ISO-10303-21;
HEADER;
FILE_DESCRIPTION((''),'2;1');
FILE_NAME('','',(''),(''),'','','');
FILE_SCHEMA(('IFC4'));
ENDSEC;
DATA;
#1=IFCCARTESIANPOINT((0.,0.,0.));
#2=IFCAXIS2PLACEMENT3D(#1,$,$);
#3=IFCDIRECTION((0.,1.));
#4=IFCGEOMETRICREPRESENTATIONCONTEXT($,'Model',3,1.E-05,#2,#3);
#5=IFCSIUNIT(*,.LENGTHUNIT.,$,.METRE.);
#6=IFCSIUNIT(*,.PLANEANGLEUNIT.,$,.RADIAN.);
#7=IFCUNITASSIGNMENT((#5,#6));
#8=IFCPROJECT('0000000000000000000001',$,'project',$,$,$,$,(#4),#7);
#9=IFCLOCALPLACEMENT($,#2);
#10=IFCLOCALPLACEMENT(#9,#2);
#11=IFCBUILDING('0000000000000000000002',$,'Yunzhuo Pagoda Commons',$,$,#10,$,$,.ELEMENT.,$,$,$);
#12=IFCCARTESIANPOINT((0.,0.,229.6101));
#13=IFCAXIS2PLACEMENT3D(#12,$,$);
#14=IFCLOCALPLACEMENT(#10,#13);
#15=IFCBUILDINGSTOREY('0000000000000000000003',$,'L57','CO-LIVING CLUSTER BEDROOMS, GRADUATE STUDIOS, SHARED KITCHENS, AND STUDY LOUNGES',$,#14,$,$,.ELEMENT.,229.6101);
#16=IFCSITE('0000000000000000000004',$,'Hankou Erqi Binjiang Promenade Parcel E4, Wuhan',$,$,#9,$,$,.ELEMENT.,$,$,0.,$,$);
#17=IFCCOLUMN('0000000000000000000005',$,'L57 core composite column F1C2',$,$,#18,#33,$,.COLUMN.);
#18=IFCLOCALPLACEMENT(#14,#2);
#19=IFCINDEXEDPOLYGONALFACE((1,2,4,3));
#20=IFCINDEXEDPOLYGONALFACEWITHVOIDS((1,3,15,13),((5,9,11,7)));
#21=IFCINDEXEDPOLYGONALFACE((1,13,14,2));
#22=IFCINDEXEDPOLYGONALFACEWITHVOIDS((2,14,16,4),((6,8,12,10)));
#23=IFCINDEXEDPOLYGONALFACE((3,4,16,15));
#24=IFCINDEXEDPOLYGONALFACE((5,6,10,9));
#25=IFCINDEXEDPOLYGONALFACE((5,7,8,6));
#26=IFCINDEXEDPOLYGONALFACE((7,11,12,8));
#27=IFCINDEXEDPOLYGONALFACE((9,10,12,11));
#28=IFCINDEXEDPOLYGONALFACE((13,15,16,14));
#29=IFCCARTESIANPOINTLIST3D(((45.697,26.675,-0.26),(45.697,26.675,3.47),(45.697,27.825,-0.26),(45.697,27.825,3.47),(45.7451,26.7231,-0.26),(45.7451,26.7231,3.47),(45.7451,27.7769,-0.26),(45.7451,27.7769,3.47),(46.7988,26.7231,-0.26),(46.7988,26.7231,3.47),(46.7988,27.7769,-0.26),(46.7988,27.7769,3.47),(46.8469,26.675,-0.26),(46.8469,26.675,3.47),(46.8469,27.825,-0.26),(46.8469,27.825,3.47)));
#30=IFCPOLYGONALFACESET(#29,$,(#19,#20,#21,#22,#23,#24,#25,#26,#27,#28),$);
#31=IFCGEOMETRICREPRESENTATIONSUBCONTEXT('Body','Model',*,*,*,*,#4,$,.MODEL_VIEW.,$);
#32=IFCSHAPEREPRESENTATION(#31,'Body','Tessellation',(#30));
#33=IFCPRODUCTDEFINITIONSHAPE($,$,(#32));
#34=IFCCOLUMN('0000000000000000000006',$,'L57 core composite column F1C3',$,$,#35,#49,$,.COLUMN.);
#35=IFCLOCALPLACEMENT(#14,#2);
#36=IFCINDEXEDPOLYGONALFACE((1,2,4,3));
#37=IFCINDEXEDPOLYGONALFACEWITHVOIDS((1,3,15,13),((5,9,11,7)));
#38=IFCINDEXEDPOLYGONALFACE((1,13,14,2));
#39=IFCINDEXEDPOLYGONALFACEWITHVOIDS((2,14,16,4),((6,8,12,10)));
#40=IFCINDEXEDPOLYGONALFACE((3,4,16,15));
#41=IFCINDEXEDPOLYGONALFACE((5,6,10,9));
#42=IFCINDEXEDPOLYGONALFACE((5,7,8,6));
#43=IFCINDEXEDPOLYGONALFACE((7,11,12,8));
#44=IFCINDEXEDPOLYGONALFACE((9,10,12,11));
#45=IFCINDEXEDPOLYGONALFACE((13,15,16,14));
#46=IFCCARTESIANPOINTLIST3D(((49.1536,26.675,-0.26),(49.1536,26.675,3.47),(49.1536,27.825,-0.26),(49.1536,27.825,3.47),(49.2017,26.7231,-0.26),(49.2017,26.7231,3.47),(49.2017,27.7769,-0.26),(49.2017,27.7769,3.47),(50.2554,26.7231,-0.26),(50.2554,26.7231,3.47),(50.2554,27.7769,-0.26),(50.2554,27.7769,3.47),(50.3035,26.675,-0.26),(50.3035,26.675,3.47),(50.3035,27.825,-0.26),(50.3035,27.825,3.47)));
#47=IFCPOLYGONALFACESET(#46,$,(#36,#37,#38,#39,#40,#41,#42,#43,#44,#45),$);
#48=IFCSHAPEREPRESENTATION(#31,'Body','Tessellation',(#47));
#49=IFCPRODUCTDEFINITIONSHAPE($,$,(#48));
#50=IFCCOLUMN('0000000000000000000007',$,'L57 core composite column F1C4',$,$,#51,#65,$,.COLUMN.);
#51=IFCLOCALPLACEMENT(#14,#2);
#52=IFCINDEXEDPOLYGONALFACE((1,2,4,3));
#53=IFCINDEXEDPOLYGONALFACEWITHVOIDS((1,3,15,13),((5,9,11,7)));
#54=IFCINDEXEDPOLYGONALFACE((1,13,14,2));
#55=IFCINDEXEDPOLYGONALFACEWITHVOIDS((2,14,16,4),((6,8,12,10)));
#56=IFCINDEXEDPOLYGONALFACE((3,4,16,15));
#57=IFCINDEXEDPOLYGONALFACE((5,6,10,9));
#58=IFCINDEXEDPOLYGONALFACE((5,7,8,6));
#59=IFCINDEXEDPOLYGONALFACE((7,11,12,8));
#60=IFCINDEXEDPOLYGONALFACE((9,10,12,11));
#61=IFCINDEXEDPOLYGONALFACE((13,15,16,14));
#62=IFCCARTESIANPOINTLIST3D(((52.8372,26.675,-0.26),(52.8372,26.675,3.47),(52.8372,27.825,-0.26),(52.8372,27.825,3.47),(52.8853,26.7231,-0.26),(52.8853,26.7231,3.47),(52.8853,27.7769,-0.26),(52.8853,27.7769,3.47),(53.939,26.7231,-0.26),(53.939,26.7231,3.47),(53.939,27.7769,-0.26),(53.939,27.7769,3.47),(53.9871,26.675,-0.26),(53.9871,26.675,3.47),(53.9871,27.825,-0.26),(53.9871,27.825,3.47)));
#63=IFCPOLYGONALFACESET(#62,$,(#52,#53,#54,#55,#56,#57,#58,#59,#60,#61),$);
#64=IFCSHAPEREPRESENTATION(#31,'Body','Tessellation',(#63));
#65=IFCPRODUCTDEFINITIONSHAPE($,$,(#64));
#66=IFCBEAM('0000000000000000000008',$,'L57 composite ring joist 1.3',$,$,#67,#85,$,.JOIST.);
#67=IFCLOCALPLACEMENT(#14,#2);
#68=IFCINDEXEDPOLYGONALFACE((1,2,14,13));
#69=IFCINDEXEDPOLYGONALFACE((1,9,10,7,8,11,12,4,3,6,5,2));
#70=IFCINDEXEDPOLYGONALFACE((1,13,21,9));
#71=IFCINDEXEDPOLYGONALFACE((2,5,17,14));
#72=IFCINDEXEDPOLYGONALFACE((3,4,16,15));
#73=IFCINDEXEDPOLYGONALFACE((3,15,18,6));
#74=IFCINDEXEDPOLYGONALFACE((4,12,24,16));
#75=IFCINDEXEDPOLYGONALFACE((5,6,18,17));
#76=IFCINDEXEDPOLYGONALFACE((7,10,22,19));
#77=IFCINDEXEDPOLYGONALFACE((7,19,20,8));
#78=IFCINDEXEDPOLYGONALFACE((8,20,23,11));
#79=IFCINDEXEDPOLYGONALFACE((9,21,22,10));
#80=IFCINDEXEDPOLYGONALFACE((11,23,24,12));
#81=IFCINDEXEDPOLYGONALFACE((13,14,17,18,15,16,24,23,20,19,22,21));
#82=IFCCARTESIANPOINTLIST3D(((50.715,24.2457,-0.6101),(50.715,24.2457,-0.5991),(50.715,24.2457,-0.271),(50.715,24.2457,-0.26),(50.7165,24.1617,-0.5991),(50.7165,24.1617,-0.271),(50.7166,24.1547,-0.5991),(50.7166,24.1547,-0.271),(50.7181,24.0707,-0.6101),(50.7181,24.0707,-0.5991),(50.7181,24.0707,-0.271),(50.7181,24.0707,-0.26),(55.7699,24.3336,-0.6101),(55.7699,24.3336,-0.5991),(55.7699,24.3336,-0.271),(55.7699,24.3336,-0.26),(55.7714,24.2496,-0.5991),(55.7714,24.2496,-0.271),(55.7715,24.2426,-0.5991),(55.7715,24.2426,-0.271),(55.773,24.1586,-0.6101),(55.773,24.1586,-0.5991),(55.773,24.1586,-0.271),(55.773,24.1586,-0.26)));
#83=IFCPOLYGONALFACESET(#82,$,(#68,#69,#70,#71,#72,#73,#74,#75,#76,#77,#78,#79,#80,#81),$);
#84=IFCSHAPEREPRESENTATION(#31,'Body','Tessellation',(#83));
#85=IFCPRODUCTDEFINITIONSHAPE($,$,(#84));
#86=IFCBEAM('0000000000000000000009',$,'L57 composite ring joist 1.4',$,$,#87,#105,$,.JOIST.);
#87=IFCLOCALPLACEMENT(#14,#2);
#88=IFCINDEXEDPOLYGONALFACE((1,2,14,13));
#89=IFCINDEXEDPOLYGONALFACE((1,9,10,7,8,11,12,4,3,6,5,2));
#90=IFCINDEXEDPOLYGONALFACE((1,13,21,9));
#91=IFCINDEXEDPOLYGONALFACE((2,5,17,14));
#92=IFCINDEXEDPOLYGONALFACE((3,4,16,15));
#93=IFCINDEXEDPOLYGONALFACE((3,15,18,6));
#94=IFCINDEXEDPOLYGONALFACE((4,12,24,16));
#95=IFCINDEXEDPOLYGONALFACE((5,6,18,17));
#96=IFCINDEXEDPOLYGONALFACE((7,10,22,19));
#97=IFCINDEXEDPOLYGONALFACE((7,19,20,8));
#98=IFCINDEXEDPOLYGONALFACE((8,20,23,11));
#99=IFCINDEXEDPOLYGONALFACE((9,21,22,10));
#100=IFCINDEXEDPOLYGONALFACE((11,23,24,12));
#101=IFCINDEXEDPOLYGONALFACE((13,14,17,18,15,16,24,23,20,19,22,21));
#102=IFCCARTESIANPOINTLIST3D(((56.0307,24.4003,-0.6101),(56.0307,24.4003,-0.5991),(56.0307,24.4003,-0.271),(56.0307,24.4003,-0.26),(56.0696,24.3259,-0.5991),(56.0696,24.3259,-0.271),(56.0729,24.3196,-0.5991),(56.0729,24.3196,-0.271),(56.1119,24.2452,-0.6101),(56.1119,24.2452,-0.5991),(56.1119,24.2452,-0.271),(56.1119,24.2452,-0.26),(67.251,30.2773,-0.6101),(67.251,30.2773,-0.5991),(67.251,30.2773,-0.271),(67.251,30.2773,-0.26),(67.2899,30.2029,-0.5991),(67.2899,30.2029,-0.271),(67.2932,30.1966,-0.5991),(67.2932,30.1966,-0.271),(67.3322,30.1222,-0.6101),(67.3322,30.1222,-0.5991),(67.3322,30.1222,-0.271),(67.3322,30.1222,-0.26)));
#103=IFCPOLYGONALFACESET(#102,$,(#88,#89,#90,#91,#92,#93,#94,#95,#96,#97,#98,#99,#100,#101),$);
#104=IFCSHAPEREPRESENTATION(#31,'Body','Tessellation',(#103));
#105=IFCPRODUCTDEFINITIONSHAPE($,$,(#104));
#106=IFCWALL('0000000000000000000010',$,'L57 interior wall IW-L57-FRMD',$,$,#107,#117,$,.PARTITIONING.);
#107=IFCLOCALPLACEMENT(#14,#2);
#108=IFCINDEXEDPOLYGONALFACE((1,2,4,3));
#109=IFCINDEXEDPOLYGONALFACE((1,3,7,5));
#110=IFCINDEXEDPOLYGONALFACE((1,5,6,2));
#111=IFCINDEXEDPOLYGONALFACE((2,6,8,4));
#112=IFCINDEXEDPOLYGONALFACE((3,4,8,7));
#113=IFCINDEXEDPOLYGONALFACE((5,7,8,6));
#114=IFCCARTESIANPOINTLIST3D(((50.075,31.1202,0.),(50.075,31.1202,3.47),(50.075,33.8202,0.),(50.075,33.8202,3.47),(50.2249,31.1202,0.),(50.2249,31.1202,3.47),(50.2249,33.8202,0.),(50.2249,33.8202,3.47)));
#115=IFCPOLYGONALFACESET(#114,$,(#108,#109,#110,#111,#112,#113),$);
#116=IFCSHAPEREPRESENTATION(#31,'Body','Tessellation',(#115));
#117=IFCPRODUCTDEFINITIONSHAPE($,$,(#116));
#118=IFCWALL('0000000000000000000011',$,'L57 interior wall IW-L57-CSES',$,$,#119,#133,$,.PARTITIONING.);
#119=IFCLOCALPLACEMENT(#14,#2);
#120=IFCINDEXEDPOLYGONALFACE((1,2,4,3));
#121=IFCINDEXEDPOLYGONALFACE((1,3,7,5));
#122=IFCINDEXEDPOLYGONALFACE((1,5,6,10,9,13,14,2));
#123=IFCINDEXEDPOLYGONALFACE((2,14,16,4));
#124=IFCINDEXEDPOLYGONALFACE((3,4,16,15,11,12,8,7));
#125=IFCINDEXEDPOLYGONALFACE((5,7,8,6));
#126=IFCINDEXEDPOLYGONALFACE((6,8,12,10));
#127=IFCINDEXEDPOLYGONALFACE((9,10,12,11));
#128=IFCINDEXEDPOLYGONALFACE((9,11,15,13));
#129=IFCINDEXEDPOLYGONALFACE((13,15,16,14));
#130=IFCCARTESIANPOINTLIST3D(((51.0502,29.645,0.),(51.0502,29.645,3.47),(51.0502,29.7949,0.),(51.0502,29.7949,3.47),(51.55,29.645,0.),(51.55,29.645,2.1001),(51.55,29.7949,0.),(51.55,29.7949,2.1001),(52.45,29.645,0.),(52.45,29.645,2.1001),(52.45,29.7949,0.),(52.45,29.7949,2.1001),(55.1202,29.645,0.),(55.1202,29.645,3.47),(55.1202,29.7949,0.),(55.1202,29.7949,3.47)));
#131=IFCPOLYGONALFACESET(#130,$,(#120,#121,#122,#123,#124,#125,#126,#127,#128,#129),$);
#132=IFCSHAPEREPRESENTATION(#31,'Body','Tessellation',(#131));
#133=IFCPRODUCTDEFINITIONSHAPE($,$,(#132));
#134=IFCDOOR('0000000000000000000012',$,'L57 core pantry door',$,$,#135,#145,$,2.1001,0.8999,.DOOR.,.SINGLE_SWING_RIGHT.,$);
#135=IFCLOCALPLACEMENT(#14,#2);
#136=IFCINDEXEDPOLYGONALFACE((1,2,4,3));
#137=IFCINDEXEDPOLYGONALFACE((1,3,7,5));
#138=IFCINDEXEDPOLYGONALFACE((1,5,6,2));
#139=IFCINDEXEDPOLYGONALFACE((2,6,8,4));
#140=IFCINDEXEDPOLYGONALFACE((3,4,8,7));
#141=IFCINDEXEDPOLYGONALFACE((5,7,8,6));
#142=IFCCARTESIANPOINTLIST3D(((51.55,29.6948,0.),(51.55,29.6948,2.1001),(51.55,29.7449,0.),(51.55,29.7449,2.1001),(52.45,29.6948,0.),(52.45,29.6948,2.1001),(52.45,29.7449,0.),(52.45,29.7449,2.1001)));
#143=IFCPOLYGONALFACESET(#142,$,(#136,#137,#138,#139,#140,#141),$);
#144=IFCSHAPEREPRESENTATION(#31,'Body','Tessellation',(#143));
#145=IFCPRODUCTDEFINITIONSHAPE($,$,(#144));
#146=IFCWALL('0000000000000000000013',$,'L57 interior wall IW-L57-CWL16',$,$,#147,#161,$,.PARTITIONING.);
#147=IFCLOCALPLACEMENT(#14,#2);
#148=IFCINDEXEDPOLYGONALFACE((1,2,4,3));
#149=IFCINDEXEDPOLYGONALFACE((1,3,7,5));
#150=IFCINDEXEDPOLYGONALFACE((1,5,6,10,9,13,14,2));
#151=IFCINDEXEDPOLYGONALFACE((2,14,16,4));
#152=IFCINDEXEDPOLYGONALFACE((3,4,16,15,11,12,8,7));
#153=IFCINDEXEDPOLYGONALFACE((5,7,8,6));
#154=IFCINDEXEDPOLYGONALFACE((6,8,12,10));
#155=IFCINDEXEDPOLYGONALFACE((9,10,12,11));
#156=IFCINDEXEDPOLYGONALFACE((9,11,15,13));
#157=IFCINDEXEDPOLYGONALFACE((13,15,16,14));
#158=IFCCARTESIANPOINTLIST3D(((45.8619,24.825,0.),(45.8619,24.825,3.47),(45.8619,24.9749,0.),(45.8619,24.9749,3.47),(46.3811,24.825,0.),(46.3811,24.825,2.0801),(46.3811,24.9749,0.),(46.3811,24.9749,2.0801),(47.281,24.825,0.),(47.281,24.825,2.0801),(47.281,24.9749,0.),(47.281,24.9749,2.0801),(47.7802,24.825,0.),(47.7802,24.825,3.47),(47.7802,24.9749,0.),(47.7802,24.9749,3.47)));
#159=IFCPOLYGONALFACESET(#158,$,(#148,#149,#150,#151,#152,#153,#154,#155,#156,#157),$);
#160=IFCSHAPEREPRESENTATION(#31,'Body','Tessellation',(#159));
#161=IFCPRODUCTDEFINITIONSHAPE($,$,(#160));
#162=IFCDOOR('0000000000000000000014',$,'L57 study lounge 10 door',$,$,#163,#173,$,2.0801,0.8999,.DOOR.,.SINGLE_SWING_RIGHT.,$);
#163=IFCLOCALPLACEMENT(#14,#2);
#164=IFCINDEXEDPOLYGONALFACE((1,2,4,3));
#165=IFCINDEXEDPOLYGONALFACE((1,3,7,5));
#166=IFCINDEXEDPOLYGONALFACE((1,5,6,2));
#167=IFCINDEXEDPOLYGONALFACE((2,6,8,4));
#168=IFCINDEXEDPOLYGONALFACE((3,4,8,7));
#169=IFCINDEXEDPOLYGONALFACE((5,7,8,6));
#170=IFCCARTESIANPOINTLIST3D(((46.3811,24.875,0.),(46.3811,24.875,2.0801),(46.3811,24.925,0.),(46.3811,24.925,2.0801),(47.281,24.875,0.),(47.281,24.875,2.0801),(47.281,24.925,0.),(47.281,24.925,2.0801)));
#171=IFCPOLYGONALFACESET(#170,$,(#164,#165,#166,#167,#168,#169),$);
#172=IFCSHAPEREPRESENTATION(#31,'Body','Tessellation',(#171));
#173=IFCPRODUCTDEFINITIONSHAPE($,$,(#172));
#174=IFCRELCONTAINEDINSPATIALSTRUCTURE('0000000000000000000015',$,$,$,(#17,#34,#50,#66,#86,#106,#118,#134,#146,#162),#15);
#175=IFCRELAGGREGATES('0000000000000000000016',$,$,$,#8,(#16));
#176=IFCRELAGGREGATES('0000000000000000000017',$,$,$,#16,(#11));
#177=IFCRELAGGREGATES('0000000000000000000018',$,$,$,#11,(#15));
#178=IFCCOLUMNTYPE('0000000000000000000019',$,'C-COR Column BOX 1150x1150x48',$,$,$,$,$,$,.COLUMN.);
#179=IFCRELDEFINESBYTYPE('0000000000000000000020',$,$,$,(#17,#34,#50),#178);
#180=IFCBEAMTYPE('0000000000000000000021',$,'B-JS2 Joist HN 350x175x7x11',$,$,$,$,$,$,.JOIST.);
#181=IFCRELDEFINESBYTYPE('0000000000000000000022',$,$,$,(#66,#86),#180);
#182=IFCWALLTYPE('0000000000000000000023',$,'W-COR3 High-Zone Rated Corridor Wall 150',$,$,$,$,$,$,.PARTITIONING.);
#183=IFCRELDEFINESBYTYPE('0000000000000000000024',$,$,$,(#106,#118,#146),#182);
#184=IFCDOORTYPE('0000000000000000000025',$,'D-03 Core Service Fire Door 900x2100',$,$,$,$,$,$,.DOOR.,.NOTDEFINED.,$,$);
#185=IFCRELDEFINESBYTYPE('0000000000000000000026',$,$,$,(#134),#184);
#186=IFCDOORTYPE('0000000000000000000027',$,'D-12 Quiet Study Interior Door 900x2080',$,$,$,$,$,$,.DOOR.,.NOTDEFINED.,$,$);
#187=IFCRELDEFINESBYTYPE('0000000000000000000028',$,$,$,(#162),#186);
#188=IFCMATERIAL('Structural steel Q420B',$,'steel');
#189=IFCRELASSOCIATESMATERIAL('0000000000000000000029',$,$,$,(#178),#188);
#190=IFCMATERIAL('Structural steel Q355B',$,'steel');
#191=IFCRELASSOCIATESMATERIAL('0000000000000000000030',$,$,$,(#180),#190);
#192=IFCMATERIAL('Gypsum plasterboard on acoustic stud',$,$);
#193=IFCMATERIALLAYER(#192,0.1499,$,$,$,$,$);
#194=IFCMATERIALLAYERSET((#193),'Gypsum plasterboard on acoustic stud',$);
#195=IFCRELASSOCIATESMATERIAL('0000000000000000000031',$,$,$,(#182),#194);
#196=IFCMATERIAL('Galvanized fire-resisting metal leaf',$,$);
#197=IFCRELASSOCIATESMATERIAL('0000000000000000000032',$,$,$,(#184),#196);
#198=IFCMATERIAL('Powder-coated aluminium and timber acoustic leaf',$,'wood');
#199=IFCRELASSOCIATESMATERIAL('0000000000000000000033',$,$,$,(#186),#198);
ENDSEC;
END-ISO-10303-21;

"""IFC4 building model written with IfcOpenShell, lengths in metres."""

from ifc_helpers import new_model, si_unit, direction, frame, frame_2d, origin, origin_with_axes, origin_2d, place, context, subcontext, project, spatial, rectangle, hollow_rectangle, i_section, extrude, source, transform, mapped, material, layer, layer_set, material_profile, profile_set, type_object, element, fill, save


model = new_model("IFC4")

# Units and contexts
model_context = context("Model", 3, precision=1e-05, world=origin(), true_north=direction((0.0, 1.0)))
body_context = subcontext(model_context, "Body", "Model", "MODEL_VIEW")
ifc_project = project(units=[si_unit("LENGTHUNIT", "METRE"), si_unit("PLANEANGLEUNIT", "RADIAN")], contexts=[model_context])

# Site, building, storey
site_placement = place(None, origin())
site = spatial("IfcSite", under=ifc_project, at=site_placement, Name="Hankou Erqi Binjiang Promenade Parcel E4, Wuhan", CompositionType="ELEMENT", RefElevation=0.0)
building_placement = place(site_placement, origin())
building = spatial("IfcBuilding", under=site, at=building_placement, Name="Yunzhuo Pagoda Commons", CompositionType="ELEMENT")
storey_placement = place(building_placement, frame((0.0, 0.0, 229.6101)))
storey = spatial("IfcBuildingStorey", under=building, at=storey_placement, Name="L57", Description="CO-LIVING CLUSTER BEDROOMS, GRADUATE STUDIOS, SHARED KITCHENS, AND STUDY LOUNGES", CompositionType="ELEMENT", Elevation=229.6101)

# Columns
ifc_material_1 = material(Name="Structural steel Q420B", Category="steel")
ifc_material_profile_1 = material_profile(ifc_material_1, hollow_rectangle(XDim=1.1499, YDim=1.1499, WallThickness=0.0481, at=origin_2d()), Name="Structural steel Q420B")
ifc_profile_set_1 = profile_set([ifc_material_profile_1], Name="Structural steel Q420B")
column_type = type_object("IfcColumnType", Name="C-COR Column BOX 1150x1150x48", PredefinedType="COLUMN", material=ifc_profile_set_1)
shared_shape_1 = source(origin(), body_context, "Body", "SweptSolid", [
    extrude(hollow_rectangle(XDim=1.1499, YDim=1.1499, WallThickness=0.0481, at=origin_2d()), origin(), (0.0, 0.0, 1.0), 3.73),
])
for number, where, z_axis, x_axis, name in (
    (1, (46.272, 27.25, -0.26), (0.0, 0.0, 1.0), (1.0, 0.0, 0.0), "L57 core composite column F1C2"),
    (2, (49.7285, 27.25, -0.26), (0.0, 0.0, 1.0), (1.0, 0.0, 0.0), "L57 core composite column F1C3"),
    (3, (53.4121, 27.25, -0.26), (0.0, 0.0, 1.0), (1.0, 0.0, 0.0), "L57 core composite column F1C4"),
):
    element("IfcColumn", number, at=place(storey_placement, frame(where, z_axis=z_axis, x_axis=x_axis)), inside=storey, type_object=column_type, Name=name, PredefinedType="COLUMN", context=body_context, shape_type="MappedRepresentation", body=[
        mapped(shared_shape_1, transform((0.0, 0.0, 0.0), scale=1.0)),
    ])

# Beams
ifc_material_2 = material(Name="Structural steel Q355B", Category="steel")
ifc_material_profile_2 = material_profile(ifc_material_2, i_section(OverallWidth=0.175, OverallDepth=0.3501, WebThickness=0.0071, FlangeThickness=0.011, at=origin_2d()), Name="Structural steel Q355B")
ifc_profile_set_2 = profile_set([ifc_material_profile_2], Name="Structural steel Q355B")
beam_type = type_object("IfcBeamType", Name="B-JS2 Joist HN 350x175x7x11", PredefinedType="JOIST", material=ifc_profile_set_2)
shared_shape_2 = source(origin(), body_context, "Body", "SweptSolid", [
    extrude(i_section(OverallWidth=0.175, OverallDepth=0.3501, WebThickness=0.0071, FlangeThickness=0.011, at=origin_2d()), origin(), (0.0, 0.0, 1.0), 5.0557),
])
beam_1_placement = place(storey_placement, frame((50.7166, 24.1582, -0.4351), z_axis=(0.999849, 0.017384, 0.0), x_axis=(-0.017384, 0.999849, 0.0)))
element("IfcBeam", 4, at=beam_1_placement, inside=storey, type_object=beam_type, Name="L57 composite ring joist 1.3", PredefinedType="JOIST", context=body_context, shape_type="MappedRepresentation", body=[
    mapped(shared_shape_2, transform((0.0, 0.0, 0.0), scale=1.0)),
])
shared_shape_3 = source(origin(), body_context, "Body", "SweptSolid", [
    extrude(i_section(OverallWidth=0.175, OverallDepth=0.3501, WebThickness=0.0071, FlangeThickness=0.011, at=origin_2d()), origin(), (0.0, 0.0, 1.0), 12.6663),
])
beam_2_placement = place(storey_placement, frame((56.0713, 24.3228, -0.4351), z_axis=(0.885841, 0.463988, 0.0), x_axis=(-0.463988, 0.885841, 0.0)))
element("IfcBeam", 5, at=beam_2_placement, inside=storey, type_object=beam_type, Name="L57 composite ring joist 1.4", PredefinedType="JOIST", context=body_context, shape_type="MappedRepresentation", body=[
    mapped(shared_shape_3, transform((0.0, 0.0, 0.0), scale=1.0)),
])

# Wall
ifc_material_3 = material(Name="Gypsum plasterboard on acoustic stud")
ifc_layer_1 = layer(ifc_material_3, 0.1499)
ifc_layer_set_1 = layer_set([ifc_layer_1], Name="Gypsum plasterboard on acoustic stud")
wall_type_1 = type_object("IfcWallType", Name="W-COR3 High-Zone Rated Corridor Wall 150", PredefinedType="PARTITIONING", material=ifc_layer_set_1)
wall_1_placement = place(storey_placement, frame((50.1499, 31.1201, 0.0), z_axis=(0.0, 0.0, 1.0), x_axis=(0.0, 1.0, 0.0)))
element("IfcWall", 6, at=wall_1_placement, inside=storey, type_object=wall_type_1, Name="L57 interior wall IW-L57-FRMD", PredefinedType="PARTITIONING", context=body_context, shape_type="SweptSolid", body=[
    extrude(rectangle(XDim=2.7, YDim=0.1499, at=frame_2d((1.3501, 0.0))), origin(), (0.0, 0.0, 1.0), 3.47),
])

# Walls, openings, doors
wall_2_placement = place(storey_placement, frame((51.05, 29.72, 0.0), z_axis=(0.0, 0.0, 1.0), x_axis=(1.0, 0.0, 0.0)))
wall_2 = element("IfcWall", 7, at=wall_2_placement, inside=storey, type_object=wall_type_1, Name="L57 interior wall IW-L57-CSES", PredefinedType="PARTITIONING", context=body_context, shape_type="SweptSolid", body=[
    extrude(rectangle(XDim=4.0701, YDim=0.1499, at=frame_2d((2.0352, 0.0))), origin(), (0.0, 0.0, 1.0), 3.47),
])
opening_1_placement = place(wall_2_placement, frame((0.5, 0.0, 0.0)))
opening_1 = element("IfcOpeningElement", 8, at=opening_1_placement, cuts=wall_2, PredefinedType="OPENING", context=body_context, shape_type="SweptSolid", body=[
    extrude(rectangle(XDim=0.8999, YDim=2.1001, at=frame_2d((0.45, 1.05))), frame((0.0, 0.085, 0.0), z_axis=(0.0, -1.0, 0.0), x_axis=(1.0, 0.0, 0.0)), (0.0, 0.0, 1.0), 0.1699),
])
ifc_material_4 = material(Name="Galvanized fire-resisting metal leaf")
door_type_1 = type_object("IfcDoorType", Name="D-03 Core Service Fire Door 900x2100", OperationType="NOTDEFINED", PredefinedType="DOOR", material=ifc_material_4)
shared_shape_4 = source(origin(), body_context, "Body", "SweptSolid", [
    extrude(rectangle(XDim=0.8999, YDim=2.1001, at=frame_2d((0.45, 1.05))), frame((0.0, 0.0249, 0.0), z_axis=(0.0, -1.0, 0.0), x_axis=(1.0, 0.0, 0.0)), (0.0, 0.0, 1.0), 0.05),
])
door_1_placement = place(opening_1_placement, origin_with_axes())
door_1 = element("IfcDoor", 9, at=door_1_placement, inside=storey, type_object=door_type_1, Name="L57 core pantry door", OperationType="SINGLE_SWING_RIGHT", OverallHeight=2.1001, OverallWidth=0.8999, PredefinedType="DOOR", context=body_context, shape_type="MappedRepresentation", body=[
    mapped(shared_shape_4, transform((0.0, 0.0, 0.0), scale=1.0)),
])
fill(opening_1, door_1)
wall_3_placement = place(storey_placement, frame((47.78, 24.8999, 0.0), z_axis=(0.0, 0.0, 1.0), x_axis=(-1.0, 0.0, 0.0)))
wall_3 = element("IfcWall", 10, at=wall_3_placement, inside=storey, type_object=wall_type_1, Name="L57 interior wall IW-L57-CWL16", PredefinedType="PARTITIONING", context=body_context, shape_type="SweptSolid", body=[
    extrude(rectangle(XDim=1.9182, YDim=0.1499, at=frame_2d((0.959, 0.0))), origin(), (0.0, 0.0, 1.0), 3.47),
])
opening_2_placement = place(wall_3_placement, frame((0.499, 0.0, 0.0)))
opening_2 = element("IfcOpeningElement", 11, at=opening_2_placement, cuts=wall_3, PredefinedType="OPENING", context=body_context, shape_type="SweptSolid", body=[
    extrude(rectangle(XDim=0.8999, YDim=2.0801, at=frame_2d((0.45, 1.04))), frame((0.0, 0.085, 0.0), z_axis=(0.0, -1.0, 0.0), x_axis=(1.0, 0.0, 0.0)), (0.0, 0.0, 1.0), 0.1699),
])
ifc_material_5 = material(Name="Powder-coated aluminium and timber acoustic leaf", Category="wood")
door_type_2 = type_object("IfcDoorType", Name="D-12 Quiet Study Interior Door 900x2080", OperationType="NOTDEFINED", PredefinedType="DOOR", material=ifc_material_5)
shared_shape_5 = source(origin(), body_context, "Body", "SweptSolid", [
    extrude(rectangle(XDim=0.8999, YDim=2.0801, at=frame_2d((0.45, 1.04))), frame((0.0, 0.0249, 0.0), z_axis=(0.0, -1.0, 0.0), x_axis=(1.0, 0.0, 0.0)), (0.0, 0.0, 1.0), 0.05),
])
door_2_placement = place(opening_2_placement, origin_with_axes())
door_2 = element("IfcDoor", 12, at=door_2_placement, inside=storey, type_object=door_type_2, Name="L57 study lounge 10 door", OperationType="SINGLE_SWING_RIGHT", OverallHeight=2.0801, OverallWidth=0.8999, PredefinedType="DOOR", context=body_context, shape_type="MappedRepresentation", body=[
    mapped(shared_shape_5, transform((0.0, 0.0, 0.0), scale=1.0)),
])
fill(opening_2, door_2)

save(model, "model.ifc")
